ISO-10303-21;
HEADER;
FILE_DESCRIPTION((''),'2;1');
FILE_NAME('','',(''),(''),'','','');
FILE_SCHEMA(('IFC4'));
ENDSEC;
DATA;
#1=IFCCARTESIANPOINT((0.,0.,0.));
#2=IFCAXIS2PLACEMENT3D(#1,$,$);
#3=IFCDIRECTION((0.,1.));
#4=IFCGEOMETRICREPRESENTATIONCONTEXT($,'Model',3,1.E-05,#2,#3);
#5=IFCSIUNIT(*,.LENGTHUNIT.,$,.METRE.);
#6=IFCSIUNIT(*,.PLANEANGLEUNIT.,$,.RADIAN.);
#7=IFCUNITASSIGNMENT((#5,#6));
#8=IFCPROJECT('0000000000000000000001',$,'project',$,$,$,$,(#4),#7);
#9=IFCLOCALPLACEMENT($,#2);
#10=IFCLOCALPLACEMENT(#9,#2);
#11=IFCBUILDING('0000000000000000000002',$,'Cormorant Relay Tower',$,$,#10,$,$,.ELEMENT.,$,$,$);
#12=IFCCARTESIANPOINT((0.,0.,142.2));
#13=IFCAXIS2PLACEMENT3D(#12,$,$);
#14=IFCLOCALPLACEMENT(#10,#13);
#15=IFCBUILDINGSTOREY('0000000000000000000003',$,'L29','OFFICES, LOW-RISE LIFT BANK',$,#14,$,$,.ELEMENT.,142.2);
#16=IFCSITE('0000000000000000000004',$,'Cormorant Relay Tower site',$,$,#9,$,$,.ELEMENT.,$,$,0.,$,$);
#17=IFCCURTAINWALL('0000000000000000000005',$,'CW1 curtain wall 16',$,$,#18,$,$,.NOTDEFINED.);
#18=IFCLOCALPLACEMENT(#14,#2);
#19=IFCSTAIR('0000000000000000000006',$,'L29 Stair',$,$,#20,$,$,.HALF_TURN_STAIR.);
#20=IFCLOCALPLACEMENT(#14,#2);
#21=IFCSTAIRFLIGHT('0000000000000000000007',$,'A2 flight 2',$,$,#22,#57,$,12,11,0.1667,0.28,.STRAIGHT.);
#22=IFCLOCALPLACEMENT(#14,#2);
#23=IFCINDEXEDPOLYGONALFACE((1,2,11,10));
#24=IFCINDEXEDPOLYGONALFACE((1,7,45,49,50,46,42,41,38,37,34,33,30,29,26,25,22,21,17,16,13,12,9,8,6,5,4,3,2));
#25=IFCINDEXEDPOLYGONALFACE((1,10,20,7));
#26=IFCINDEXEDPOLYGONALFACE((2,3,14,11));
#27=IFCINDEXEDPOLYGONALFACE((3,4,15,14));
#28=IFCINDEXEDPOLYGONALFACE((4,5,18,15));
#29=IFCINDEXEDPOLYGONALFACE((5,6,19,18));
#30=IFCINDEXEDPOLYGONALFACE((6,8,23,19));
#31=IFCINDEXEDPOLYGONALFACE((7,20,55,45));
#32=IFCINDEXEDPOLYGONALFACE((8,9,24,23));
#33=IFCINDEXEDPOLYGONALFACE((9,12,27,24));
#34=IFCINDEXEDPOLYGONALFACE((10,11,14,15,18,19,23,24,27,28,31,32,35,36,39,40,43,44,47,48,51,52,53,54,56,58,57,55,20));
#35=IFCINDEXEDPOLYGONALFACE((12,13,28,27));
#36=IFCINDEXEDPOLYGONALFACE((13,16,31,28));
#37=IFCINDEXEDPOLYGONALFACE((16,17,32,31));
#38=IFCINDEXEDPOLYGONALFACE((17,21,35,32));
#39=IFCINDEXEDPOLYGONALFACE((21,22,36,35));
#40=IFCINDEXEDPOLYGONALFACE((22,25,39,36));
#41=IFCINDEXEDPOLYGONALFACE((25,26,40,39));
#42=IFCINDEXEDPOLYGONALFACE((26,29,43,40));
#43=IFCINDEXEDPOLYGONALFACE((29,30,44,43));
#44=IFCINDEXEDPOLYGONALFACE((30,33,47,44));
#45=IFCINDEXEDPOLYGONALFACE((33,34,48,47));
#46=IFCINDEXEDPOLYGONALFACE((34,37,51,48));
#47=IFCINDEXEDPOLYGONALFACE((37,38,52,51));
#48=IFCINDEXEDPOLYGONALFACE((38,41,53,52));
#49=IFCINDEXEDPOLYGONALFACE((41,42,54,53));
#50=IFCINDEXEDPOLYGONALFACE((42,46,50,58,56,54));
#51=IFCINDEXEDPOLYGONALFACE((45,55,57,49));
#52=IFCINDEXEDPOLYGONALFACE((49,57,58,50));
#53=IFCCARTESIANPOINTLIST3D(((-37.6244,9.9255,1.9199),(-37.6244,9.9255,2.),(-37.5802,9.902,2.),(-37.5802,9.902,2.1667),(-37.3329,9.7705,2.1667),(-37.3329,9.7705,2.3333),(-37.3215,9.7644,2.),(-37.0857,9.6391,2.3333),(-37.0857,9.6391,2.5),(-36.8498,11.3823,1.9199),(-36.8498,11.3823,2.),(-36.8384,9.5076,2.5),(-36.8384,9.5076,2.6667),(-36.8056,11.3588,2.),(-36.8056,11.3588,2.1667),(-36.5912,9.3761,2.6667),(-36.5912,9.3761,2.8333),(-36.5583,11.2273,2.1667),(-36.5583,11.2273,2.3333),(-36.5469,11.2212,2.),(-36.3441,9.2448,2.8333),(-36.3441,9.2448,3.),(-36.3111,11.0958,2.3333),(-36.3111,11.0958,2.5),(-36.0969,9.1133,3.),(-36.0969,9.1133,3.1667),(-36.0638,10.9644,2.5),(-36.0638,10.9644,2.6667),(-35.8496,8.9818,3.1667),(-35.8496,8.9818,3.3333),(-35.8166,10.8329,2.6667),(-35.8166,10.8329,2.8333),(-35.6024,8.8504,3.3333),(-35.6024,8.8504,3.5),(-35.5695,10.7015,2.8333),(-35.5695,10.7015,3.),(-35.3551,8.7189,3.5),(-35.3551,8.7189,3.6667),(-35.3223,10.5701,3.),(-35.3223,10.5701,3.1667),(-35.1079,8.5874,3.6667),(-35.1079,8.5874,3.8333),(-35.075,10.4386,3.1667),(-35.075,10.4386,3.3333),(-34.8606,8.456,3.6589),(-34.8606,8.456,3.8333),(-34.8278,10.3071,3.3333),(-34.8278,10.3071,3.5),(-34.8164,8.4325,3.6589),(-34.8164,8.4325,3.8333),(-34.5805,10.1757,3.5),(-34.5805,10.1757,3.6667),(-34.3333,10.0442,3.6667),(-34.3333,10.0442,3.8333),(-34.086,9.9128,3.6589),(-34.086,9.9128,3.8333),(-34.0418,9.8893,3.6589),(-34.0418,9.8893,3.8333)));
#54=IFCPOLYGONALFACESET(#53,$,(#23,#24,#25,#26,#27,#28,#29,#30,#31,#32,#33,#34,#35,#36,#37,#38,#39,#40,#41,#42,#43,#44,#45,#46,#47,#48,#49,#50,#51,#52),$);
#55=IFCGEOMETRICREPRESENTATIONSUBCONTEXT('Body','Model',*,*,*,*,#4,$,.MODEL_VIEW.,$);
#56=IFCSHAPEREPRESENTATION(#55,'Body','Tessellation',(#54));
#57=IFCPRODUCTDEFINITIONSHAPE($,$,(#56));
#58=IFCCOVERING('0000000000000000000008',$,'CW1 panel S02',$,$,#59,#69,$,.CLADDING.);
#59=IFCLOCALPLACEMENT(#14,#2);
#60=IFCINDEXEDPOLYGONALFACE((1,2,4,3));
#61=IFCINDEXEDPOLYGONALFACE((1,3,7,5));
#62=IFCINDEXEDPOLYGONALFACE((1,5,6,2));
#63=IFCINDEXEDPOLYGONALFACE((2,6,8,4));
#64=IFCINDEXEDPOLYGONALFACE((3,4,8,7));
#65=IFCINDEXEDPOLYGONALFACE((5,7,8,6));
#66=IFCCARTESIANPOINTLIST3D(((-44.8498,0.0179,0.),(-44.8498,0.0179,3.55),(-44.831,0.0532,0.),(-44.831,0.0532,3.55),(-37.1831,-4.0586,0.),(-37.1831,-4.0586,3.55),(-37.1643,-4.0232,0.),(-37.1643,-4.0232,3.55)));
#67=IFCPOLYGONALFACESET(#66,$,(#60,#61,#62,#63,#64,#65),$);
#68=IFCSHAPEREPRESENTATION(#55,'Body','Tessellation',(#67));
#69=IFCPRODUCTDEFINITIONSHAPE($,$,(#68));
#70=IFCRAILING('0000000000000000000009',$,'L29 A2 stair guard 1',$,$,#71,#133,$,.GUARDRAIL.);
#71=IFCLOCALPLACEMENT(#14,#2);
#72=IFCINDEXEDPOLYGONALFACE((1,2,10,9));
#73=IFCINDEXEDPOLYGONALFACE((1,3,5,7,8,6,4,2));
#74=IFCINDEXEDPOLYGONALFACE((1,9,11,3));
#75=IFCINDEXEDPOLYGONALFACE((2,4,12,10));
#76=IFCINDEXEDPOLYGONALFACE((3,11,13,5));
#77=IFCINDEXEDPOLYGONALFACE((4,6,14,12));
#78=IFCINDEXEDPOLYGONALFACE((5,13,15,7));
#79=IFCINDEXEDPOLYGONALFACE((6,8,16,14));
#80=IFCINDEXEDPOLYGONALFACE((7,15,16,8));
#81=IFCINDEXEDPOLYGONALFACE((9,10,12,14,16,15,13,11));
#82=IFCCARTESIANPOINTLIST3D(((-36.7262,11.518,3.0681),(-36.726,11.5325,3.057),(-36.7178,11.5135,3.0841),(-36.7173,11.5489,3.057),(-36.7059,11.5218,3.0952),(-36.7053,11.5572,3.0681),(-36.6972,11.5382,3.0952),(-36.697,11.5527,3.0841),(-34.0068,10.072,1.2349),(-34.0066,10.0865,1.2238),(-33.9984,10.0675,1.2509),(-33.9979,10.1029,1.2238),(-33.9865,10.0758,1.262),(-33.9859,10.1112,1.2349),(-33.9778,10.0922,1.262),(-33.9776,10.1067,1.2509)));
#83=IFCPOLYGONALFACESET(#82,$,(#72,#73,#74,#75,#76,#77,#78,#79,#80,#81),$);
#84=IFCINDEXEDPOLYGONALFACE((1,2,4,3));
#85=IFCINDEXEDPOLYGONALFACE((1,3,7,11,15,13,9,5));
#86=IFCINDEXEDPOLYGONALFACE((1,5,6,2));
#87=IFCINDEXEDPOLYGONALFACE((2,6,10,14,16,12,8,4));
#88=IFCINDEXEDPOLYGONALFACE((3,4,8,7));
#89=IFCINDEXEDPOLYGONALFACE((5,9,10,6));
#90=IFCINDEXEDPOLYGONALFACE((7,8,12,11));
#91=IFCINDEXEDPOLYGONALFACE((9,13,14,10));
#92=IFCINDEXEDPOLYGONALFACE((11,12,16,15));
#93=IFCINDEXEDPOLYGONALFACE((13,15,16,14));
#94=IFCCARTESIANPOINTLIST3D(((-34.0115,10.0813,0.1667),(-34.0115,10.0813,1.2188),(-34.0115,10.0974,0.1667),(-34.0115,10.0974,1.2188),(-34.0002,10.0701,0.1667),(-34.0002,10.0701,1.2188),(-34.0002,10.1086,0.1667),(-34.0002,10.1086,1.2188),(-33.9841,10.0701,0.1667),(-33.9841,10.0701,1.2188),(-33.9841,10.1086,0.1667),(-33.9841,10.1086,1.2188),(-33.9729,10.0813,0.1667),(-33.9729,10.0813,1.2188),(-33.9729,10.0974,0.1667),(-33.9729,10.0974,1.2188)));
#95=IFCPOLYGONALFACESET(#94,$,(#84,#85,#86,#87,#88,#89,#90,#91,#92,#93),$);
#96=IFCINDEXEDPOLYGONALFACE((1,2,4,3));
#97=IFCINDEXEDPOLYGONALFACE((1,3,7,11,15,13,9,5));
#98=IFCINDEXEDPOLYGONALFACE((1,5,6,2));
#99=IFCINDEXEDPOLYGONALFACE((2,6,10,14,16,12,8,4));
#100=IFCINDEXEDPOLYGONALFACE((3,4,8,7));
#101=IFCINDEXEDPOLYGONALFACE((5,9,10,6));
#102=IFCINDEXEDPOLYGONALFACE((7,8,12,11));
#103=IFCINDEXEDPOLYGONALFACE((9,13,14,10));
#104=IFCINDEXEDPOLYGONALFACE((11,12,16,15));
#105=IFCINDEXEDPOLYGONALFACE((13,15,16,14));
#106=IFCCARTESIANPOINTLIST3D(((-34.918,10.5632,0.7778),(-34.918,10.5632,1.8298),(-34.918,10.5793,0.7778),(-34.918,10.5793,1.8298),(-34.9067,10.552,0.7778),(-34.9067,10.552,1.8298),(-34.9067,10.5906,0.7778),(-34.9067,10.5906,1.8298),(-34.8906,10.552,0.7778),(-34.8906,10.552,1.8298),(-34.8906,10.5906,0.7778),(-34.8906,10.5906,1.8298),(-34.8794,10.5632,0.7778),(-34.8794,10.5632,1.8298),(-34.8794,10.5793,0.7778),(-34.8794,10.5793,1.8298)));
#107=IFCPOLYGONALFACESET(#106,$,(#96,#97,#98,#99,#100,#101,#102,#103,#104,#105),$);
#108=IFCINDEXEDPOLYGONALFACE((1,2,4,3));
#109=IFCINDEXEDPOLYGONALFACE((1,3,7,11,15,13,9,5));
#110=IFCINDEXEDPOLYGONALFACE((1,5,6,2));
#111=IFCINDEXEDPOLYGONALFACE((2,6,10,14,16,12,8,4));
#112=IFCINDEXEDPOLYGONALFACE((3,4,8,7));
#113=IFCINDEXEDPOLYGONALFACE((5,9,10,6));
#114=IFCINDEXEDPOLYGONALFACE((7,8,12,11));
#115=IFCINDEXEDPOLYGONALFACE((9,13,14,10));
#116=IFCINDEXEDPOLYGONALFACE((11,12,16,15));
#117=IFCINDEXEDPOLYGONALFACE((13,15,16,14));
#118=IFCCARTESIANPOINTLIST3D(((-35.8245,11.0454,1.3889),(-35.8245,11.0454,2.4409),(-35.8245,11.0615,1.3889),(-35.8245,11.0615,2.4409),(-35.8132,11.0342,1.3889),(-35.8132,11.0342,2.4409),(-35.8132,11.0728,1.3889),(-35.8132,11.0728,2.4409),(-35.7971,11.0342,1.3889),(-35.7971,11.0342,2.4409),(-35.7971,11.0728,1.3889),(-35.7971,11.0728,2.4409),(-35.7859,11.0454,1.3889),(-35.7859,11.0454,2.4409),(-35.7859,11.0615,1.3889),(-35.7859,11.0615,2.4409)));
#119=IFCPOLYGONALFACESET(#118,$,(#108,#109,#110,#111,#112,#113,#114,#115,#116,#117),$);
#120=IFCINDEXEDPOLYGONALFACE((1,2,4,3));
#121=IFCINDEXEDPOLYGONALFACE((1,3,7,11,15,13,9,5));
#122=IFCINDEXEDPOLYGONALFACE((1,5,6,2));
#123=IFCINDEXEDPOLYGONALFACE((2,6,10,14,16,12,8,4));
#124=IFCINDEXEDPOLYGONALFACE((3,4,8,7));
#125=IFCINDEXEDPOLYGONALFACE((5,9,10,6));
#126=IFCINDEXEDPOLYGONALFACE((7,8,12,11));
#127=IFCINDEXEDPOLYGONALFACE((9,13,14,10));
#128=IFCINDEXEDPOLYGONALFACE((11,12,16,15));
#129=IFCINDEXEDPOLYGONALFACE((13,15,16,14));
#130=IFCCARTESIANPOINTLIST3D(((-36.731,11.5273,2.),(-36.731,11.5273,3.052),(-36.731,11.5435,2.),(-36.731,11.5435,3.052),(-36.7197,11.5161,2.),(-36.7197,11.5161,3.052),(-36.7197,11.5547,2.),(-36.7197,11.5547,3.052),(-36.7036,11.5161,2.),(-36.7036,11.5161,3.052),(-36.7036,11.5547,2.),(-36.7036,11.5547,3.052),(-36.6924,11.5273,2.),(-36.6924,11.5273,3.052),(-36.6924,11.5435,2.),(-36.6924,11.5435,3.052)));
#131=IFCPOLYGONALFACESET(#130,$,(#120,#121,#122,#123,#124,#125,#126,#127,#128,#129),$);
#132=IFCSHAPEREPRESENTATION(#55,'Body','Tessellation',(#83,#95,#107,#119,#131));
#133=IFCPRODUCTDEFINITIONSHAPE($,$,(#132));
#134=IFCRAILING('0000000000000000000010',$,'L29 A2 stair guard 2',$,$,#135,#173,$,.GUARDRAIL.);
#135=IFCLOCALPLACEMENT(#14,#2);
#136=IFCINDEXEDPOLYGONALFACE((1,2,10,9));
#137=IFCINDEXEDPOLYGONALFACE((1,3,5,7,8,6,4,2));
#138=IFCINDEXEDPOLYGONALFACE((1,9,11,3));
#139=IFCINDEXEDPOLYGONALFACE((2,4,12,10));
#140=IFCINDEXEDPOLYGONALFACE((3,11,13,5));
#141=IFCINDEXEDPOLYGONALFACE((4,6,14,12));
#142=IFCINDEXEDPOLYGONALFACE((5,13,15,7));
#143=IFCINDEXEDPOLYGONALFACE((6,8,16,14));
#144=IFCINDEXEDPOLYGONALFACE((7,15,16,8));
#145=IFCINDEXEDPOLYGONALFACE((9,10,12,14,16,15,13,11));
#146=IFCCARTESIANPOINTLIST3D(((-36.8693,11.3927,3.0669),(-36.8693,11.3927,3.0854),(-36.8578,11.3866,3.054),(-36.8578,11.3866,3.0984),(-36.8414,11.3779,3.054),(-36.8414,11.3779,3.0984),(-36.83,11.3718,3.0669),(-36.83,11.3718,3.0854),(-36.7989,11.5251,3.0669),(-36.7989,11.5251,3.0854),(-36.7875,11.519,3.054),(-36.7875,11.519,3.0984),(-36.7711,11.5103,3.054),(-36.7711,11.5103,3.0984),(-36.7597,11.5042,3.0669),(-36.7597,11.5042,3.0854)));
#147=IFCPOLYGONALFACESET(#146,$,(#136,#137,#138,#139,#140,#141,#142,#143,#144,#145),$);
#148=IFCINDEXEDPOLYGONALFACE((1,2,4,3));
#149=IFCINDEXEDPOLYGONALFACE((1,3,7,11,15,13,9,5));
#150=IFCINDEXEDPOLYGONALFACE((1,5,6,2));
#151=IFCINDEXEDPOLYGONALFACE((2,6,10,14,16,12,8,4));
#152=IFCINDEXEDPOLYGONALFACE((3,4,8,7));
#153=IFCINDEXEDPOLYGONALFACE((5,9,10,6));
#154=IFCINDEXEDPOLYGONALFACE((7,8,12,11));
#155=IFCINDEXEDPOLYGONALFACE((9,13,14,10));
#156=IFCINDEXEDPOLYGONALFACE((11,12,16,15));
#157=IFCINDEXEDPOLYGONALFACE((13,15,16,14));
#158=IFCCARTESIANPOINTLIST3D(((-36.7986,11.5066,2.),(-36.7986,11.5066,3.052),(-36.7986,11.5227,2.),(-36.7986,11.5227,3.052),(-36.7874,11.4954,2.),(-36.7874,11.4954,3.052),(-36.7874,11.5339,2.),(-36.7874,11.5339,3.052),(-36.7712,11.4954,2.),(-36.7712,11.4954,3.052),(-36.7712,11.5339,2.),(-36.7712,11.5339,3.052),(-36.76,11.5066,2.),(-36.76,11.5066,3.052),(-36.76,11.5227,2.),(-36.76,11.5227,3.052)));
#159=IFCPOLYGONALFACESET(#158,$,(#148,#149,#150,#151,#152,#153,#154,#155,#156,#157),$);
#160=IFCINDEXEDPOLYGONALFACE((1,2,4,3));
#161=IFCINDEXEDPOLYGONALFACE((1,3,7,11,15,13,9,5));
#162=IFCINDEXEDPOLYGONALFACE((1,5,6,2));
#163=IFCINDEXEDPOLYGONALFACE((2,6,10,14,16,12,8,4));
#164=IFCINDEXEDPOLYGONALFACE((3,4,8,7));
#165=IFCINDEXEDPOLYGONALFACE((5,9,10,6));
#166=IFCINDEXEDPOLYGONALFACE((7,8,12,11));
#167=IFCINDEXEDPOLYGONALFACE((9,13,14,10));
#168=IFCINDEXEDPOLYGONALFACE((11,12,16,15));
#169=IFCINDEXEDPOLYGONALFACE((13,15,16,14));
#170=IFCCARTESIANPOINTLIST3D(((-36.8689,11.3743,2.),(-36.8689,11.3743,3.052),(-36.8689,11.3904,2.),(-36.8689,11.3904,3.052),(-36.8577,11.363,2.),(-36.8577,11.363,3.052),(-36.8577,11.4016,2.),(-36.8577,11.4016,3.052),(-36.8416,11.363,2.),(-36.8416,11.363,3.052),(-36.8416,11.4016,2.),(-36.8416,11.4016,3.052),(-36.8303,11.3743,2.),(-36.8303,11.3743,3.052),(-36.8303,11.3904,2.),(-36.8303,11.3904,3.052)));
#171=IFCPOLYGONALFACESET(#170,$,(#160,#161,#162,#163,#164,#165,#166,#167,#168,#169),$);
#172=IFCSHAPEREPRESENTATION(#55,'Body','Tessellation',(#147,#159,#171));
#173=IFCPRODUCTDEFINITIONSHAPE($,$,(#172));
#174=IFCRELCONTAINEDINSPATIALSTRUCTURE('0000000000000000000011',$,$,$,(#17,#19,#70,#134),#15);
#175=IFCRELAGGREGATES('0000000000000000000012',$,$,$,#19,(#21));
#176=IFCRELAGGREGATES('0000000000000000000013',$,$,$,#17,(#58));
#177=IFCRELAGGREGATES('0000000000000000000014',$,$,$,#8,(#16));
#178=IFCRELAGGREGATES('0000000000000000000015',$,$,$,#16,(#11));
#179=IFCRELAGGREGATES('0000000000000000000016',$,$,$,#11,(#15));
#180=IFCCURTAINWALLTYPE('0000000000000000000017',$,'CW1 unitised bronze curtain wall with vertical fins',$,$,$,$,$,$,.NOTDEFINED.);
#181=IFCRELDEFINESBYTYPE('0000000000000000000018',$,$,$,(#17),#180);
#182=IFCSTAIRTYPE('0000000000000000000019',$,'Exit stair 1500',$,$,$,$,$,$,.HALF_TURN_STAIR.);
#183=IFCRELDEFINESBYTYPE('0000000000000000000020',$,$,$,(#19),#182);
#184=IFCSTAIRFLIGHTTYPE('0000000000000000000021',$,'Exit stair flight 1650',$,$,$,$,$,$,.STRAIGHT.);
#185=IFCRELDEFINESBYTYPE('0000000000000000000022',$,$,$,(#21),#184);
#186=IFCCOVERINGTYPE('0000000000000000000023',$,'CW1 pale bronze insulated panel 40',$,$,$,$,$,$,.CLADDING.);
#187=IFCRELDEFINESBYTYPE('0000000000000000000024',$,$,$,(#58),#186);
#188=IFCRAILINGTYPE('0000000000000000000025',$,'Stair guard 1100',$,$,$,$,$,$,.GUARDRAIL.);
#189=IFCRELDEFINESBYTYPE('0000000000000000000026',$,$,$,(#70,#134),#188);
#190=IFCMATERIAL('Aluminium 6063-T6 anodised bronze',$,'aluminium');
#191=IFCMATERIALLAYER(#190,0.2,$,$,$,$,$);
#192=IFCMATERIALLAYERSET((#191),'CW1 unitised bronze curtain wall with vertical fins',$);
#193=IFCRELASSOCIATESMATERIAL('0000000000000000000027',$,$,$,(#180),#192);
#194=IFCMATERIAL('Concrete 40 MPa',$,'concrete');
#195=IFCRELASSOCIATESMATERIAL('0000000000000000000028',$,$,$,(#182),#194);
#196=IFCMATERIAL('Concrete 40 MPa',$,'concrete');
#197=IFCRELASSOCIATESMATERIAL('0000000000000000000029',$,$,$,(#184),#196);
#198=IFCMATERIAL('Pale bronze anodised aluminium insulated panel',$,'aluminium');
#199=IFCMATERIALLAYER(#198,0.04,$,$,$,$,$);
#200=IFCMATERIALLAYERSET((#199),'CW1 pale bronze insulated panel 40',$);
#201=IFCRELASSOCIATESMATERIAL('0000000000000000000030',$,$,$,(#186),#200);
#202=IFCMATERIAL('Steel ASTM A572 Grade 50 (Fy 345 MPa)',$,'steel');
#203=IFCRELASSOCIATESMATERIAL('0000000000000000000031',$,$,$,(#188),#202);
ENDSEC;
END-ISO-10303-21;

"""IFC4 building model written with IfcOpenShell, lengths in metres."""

from ifc_helpers import new_model, si_unit, direction, frame, origin, origin_2d, place, context, subcontext, project, spatial, polyline, rectangle, outline, extrude, material, layer, layer_set, type_object, element, aggregate, save


model = new_model("IFC4")

# Units and contexts
model_context = context("Model", 3, precision=1e-05, world=origin(), true_north=direction((0.0, 1.0)))
body_context = subcontext(model_context, "Body", "Model", "MODEL_VIEW")
ifc_project = project(units=[si_unit("LENGTHUNIT", "METRE"), si_unit("PLANEANGLEUNIT", "RADIAN")], contexts=[model_context])

# Site, building, storey
site_placement = place(None, origin())
site = spatial("IfcSite", under=ifc_project, at=site_placement, Name="Cormorant Relay Tower site", CompositionType="ELEMENT", RefElevation=0.0)
building_placement = place(site_placement, origin())
building = spatial("IfcBuilding", under=site, at=building_placement, Name="Cormorant Relay Tower", CompositionType="ELEMENT")
storey_placement = place(building_placement, frame((0.0, 0.0, 142.2)))
storey = spatial("IfcBuildingStorey", under=building, at=storey_placement, Name="L29", Description="OFFICES, LOW-RISE LIFT BANK", CompositionType="ELEMENT", Elevation=142.2)

# Curtain wall
ifc_material_1 = material(Name="Aluminium 6063-T6 anodised bronze", Category="aluminium")
ifc_layer_1 = layer(ifc_material_1, 0.2)
ifc_layer_set_1 = layer_set([ifc_layer_1], Name="CW1 unitised bronze curtain wall with vertical fins")
curtain_wall_type = type_object("IfcCurtainWallType", Name="CW1 unitised bronze curtain wall with vertical fins", PredefinedType="NOTDEFINED", material=ifc_layer_set_1)
curtain_wall_placement = place(storey_placement, origin())
curtain_wall = element("IfcCurtainWall", 1, at=curtain_wall_placement, inside=storey, type_object=curtain_wall_type, Name="CW1 curtain wall 16", PredefinedType="NOTDEFINED")

# Stair, stair flight
ifc_material_2 = material(Name="Concrete 40 MPa", Category="concrete")
stair_type = type_object("IfcStairType", Name="Exit stair 1500", PredefinedType="HALF_TURN_STAIR", material=ifc_material_2)
stair_placement = place(storey_placement, origin())
stair = element("IfcStair", 2, at=stair_placement, inside=storey, type_object=stair_type, Name="L29 Stair", PredefinedType="HALF_TURN_STAIR")
ifc_material_3 = material(Name="Concrete 40 MPa", Category="concrete")
stair_flight_type = type_object("IfcStairFlightType", Name="Exit stair flight 1650", PredefinedType="STRAIGHT", material=ifc_material_3)
stair_flight_1_placement = place(storey_placement, frame((-37.1929, 10.6304, 2.0), z_axis=(0.0, 0.0, 1.0), x_axis=(0.882948, -0.469472, 0.0)))
stair_flight_1 = element("IfcStairFlight", 3, at=stair_flight_1_placement, type_object=stair_flight_type, Name="A2 flight 2", NumberOfRisers=12, NumberOfTreads=11, PredefinedType="STRAIGHT", RiserHeight=0.1667, TreadLength=0.28, context=body_context, shape_type="SweptSolid", body=[
    extrude(outline(polyline([(-0.05, -0.0801), (-0.05, 0.0), (0.0, 0.0), (0.0, 0.1667), (0.28, 0.1667), (0.28, 0.3333), (0.5601, 0.3333), (0.5601, 0.5), (0.8401, 0.5), (0.8401, 0.6667), (1.1201, 0.6667), (1.1201, 0.8333), (1.3999, 0.8333), (1.3999, 1.0), (1.6799, 1.0), (1.6799, 1.1667), (1.96, 1.1667), (1.96, 1.3333), (2.24, 1.3333), (2.24, 1.5), (2.52, 1.5), (2.52, 1.6667), (2.8, 1.6667), (2.8, 1.8333), (3.0801, 1.8333), (3.1301, 1.8333), (3.1301, 1.6589), (3.0801, 1.6589), (0.293, 0.0), (-0.05, -0.0801)])), frame((0.0, 0.825, 0.0), z_axis=(0.0, -1.0, 0.0), x_axis=(1.0, 0.0, 0.0)), (0.0, 0.0, 1.0), 1.6499),
])
aggregate(stair, [stair_flight_1])

# Covering
ifc_material_4 = material(Name="Pale bronze anodised aluminium insulated panel", Category="aluminium")
ifc_layer_2 = layer(ifc_material_4, 0.04)
ifc_layer_set_2 = layer_set([ifc_layer_2], Name="CW1 pale bronze insulated panel 40")
covering_type = type_object("IfcCoveringType", Name="CW1 pale bronze insulated panel 40", PredefinedType="CLADDING", material=ifc_layer_set_2)
covering_placement = place(storey_placement, frame((-41.0071, -2.0027, 0.0), z_axis=(0.0, 0.0, 1.0), x_axis=(0.882948, -0.469472, 0.0)))
covering = element("IfcCovering", 4, at=covering_placement, type_object=covering_type, Name="CW1 panel S02", PredefinedType="CLADDING", context=body_context, shape_type="SweptSolid", body=[
    extrude(rectangle(XDim=8.6831, YDim=0.04, at=origin_2d()), origin(), (0.0, 0.0, 1.0), 3.55),
])
aggregate(curtain_wall, [covering])

# Railings
ifc_material_5 = material(Name="Steel ASTM A572 Grade 50 (Fy 345 MPa)", Category="steel")
railing_type_1 = type_object("IfcRailingType", Name="Stair guard 1100", PredefinedType="GUARDRAIL", material=ifc_material_5)
railing_1_placement = place(storey_placement, frame((-33.9922, 10.0894, 0.1667)))
element("IfcRailing", 5, at=railing_1_placement, inside=storey, type_object=railing_type_1, Name="L29 A2 stair guard 1", PredefinedType="GUARDRAIL", context=body_context, shape_type="SweptSolid", body=[
    extrude(outline(polyline([(0.0222, 0.0093), (0.0093, 0.0222), (-0.0093, 0.0222), (-0.0222, 0.0093), (-0.0222, -0.0093), (-0.0093, -0.0222), (0.0093, -0.0222), (0.0222, -0.0093), (0.0222, 0.0093)])), frame((0.0, 0.0, 1.0762), z_axis=(-0.758714, 0.403435, 0.511463), x_axis=(-0.469489, -0.882938, 0.0)), (0.0, 0.0, 1.0), 3.5842),
    extrude(outline(polyline([(0.0193, 0.0081), (0.0081, 0.0193), (-0.0081, 0.0193), (-0.0193, 0.0081), (-0.0193, -0.0081), (-0.0081, -0.0193), (0.0081, -0.0193), (0.0193, -0.0081), (0.0193, 0.0081)])), origin(), (0.0, 0.0, 1.0), 1.052),
    extrude(outline(polyline([(0.0193, 0.0081), (0.0081, 0.0193), (-0.0081, 0.0193), (-0.0193, 0.0081), (-0.0193, -0.0081), (-0.0081, -0.0193), (0.0081, -0.0193), (0.0193, -0.0081), (0.0193, 0.0081)])), frame((-0.9065, 0.4819, 0.6111)), (0.0, 0.0, 1.0), 1.052),
    extrude(outline(polyline([(0.0193, 0.0081), (0.0081, 0.0193), (-0.0081, 0.0193), (-0.0193, 0.0081), (-0.0193, -0.0081), (-0.0081, -0.0193), (0.0081, -0.0193), (0.0193, -0.0081), (0.0193, 0.0081)])), frame((-1.813, 0.9641, 1.2222)), (0.0, 0.0, 1.0), 1.052),
    extrude(outline(polyline([(0.0193, 0.0081), (0.0081, 0.0193), (-0.0081, 0.0193), (-0.0193, 0.0081), (-0.0193, -0.0081), (-0.0081, -0.0193), (0.0081, -0.0193), (0.0193, -0.0081), (0.0193, 0.0081)])), frame((-2.7195, 1.446, 1.8333)), (0.0, 0.0, 1.0), 1.052),
])
railing_2_placement = place(storey_placement, frame((-36.7793, 11.5146, 2.0)))
element("IfcRailing", 6, at=railing_2_placement, inside=storey, type_object=railing_type_1, Name="L29 A2 stair guard 2", PredefinedType="GUARDRAIL", context=body_context, shape_type="SweptSolid", body=[
    extrude(outline(polyline([(0.0222, 0.0093), (0.0093, 0.0222), (-0.0093, 0.0222), (-0.0222, 0.0093), (-0.0222, -0.0093), (-0.0093, -0.0222), (0.0093, -0.0222), (0.0222, -0.0093), (0.0222, 0.0093)])), frame((0.0, 0.0, 1.0762), z_axis=(-0.469235, -0.883074, 0.0), x_axis=(0.883074, -0.469235, 0.0)), (0.0, 0.0, 1.0), 0.1499),
    extrude(outline(polyline([(0.0193, 0.0081), (0.0081, 0.0193), (-0.0081, 0.0193), (-0.0193, 0.0081), (-0.0193, -0.0081), (-0.0081, -0.0193), (0.0081, -0.0193), (0.0193, -0.0081), (0.0193, 0.0081)])), origin(), (0.0, 0.0, 1.0), 1.052),
    extrude(outline(polyline([(0.0193, 0.0081), (0.0081, 0.0193), (-0.0081, 0.0193), (-0.0193, 0.0081), (-0.0193, -0.0081), (-0.0081, -0.0193), (0.0081, -0.0193), (0.0193, -0.0081), (0.0193, 0.0081)])), frame((-0.0703, -0.1323, 0.0)), (0.0, 0.0, 1.0), 1.052),
])

save(model, "model.ifc")
